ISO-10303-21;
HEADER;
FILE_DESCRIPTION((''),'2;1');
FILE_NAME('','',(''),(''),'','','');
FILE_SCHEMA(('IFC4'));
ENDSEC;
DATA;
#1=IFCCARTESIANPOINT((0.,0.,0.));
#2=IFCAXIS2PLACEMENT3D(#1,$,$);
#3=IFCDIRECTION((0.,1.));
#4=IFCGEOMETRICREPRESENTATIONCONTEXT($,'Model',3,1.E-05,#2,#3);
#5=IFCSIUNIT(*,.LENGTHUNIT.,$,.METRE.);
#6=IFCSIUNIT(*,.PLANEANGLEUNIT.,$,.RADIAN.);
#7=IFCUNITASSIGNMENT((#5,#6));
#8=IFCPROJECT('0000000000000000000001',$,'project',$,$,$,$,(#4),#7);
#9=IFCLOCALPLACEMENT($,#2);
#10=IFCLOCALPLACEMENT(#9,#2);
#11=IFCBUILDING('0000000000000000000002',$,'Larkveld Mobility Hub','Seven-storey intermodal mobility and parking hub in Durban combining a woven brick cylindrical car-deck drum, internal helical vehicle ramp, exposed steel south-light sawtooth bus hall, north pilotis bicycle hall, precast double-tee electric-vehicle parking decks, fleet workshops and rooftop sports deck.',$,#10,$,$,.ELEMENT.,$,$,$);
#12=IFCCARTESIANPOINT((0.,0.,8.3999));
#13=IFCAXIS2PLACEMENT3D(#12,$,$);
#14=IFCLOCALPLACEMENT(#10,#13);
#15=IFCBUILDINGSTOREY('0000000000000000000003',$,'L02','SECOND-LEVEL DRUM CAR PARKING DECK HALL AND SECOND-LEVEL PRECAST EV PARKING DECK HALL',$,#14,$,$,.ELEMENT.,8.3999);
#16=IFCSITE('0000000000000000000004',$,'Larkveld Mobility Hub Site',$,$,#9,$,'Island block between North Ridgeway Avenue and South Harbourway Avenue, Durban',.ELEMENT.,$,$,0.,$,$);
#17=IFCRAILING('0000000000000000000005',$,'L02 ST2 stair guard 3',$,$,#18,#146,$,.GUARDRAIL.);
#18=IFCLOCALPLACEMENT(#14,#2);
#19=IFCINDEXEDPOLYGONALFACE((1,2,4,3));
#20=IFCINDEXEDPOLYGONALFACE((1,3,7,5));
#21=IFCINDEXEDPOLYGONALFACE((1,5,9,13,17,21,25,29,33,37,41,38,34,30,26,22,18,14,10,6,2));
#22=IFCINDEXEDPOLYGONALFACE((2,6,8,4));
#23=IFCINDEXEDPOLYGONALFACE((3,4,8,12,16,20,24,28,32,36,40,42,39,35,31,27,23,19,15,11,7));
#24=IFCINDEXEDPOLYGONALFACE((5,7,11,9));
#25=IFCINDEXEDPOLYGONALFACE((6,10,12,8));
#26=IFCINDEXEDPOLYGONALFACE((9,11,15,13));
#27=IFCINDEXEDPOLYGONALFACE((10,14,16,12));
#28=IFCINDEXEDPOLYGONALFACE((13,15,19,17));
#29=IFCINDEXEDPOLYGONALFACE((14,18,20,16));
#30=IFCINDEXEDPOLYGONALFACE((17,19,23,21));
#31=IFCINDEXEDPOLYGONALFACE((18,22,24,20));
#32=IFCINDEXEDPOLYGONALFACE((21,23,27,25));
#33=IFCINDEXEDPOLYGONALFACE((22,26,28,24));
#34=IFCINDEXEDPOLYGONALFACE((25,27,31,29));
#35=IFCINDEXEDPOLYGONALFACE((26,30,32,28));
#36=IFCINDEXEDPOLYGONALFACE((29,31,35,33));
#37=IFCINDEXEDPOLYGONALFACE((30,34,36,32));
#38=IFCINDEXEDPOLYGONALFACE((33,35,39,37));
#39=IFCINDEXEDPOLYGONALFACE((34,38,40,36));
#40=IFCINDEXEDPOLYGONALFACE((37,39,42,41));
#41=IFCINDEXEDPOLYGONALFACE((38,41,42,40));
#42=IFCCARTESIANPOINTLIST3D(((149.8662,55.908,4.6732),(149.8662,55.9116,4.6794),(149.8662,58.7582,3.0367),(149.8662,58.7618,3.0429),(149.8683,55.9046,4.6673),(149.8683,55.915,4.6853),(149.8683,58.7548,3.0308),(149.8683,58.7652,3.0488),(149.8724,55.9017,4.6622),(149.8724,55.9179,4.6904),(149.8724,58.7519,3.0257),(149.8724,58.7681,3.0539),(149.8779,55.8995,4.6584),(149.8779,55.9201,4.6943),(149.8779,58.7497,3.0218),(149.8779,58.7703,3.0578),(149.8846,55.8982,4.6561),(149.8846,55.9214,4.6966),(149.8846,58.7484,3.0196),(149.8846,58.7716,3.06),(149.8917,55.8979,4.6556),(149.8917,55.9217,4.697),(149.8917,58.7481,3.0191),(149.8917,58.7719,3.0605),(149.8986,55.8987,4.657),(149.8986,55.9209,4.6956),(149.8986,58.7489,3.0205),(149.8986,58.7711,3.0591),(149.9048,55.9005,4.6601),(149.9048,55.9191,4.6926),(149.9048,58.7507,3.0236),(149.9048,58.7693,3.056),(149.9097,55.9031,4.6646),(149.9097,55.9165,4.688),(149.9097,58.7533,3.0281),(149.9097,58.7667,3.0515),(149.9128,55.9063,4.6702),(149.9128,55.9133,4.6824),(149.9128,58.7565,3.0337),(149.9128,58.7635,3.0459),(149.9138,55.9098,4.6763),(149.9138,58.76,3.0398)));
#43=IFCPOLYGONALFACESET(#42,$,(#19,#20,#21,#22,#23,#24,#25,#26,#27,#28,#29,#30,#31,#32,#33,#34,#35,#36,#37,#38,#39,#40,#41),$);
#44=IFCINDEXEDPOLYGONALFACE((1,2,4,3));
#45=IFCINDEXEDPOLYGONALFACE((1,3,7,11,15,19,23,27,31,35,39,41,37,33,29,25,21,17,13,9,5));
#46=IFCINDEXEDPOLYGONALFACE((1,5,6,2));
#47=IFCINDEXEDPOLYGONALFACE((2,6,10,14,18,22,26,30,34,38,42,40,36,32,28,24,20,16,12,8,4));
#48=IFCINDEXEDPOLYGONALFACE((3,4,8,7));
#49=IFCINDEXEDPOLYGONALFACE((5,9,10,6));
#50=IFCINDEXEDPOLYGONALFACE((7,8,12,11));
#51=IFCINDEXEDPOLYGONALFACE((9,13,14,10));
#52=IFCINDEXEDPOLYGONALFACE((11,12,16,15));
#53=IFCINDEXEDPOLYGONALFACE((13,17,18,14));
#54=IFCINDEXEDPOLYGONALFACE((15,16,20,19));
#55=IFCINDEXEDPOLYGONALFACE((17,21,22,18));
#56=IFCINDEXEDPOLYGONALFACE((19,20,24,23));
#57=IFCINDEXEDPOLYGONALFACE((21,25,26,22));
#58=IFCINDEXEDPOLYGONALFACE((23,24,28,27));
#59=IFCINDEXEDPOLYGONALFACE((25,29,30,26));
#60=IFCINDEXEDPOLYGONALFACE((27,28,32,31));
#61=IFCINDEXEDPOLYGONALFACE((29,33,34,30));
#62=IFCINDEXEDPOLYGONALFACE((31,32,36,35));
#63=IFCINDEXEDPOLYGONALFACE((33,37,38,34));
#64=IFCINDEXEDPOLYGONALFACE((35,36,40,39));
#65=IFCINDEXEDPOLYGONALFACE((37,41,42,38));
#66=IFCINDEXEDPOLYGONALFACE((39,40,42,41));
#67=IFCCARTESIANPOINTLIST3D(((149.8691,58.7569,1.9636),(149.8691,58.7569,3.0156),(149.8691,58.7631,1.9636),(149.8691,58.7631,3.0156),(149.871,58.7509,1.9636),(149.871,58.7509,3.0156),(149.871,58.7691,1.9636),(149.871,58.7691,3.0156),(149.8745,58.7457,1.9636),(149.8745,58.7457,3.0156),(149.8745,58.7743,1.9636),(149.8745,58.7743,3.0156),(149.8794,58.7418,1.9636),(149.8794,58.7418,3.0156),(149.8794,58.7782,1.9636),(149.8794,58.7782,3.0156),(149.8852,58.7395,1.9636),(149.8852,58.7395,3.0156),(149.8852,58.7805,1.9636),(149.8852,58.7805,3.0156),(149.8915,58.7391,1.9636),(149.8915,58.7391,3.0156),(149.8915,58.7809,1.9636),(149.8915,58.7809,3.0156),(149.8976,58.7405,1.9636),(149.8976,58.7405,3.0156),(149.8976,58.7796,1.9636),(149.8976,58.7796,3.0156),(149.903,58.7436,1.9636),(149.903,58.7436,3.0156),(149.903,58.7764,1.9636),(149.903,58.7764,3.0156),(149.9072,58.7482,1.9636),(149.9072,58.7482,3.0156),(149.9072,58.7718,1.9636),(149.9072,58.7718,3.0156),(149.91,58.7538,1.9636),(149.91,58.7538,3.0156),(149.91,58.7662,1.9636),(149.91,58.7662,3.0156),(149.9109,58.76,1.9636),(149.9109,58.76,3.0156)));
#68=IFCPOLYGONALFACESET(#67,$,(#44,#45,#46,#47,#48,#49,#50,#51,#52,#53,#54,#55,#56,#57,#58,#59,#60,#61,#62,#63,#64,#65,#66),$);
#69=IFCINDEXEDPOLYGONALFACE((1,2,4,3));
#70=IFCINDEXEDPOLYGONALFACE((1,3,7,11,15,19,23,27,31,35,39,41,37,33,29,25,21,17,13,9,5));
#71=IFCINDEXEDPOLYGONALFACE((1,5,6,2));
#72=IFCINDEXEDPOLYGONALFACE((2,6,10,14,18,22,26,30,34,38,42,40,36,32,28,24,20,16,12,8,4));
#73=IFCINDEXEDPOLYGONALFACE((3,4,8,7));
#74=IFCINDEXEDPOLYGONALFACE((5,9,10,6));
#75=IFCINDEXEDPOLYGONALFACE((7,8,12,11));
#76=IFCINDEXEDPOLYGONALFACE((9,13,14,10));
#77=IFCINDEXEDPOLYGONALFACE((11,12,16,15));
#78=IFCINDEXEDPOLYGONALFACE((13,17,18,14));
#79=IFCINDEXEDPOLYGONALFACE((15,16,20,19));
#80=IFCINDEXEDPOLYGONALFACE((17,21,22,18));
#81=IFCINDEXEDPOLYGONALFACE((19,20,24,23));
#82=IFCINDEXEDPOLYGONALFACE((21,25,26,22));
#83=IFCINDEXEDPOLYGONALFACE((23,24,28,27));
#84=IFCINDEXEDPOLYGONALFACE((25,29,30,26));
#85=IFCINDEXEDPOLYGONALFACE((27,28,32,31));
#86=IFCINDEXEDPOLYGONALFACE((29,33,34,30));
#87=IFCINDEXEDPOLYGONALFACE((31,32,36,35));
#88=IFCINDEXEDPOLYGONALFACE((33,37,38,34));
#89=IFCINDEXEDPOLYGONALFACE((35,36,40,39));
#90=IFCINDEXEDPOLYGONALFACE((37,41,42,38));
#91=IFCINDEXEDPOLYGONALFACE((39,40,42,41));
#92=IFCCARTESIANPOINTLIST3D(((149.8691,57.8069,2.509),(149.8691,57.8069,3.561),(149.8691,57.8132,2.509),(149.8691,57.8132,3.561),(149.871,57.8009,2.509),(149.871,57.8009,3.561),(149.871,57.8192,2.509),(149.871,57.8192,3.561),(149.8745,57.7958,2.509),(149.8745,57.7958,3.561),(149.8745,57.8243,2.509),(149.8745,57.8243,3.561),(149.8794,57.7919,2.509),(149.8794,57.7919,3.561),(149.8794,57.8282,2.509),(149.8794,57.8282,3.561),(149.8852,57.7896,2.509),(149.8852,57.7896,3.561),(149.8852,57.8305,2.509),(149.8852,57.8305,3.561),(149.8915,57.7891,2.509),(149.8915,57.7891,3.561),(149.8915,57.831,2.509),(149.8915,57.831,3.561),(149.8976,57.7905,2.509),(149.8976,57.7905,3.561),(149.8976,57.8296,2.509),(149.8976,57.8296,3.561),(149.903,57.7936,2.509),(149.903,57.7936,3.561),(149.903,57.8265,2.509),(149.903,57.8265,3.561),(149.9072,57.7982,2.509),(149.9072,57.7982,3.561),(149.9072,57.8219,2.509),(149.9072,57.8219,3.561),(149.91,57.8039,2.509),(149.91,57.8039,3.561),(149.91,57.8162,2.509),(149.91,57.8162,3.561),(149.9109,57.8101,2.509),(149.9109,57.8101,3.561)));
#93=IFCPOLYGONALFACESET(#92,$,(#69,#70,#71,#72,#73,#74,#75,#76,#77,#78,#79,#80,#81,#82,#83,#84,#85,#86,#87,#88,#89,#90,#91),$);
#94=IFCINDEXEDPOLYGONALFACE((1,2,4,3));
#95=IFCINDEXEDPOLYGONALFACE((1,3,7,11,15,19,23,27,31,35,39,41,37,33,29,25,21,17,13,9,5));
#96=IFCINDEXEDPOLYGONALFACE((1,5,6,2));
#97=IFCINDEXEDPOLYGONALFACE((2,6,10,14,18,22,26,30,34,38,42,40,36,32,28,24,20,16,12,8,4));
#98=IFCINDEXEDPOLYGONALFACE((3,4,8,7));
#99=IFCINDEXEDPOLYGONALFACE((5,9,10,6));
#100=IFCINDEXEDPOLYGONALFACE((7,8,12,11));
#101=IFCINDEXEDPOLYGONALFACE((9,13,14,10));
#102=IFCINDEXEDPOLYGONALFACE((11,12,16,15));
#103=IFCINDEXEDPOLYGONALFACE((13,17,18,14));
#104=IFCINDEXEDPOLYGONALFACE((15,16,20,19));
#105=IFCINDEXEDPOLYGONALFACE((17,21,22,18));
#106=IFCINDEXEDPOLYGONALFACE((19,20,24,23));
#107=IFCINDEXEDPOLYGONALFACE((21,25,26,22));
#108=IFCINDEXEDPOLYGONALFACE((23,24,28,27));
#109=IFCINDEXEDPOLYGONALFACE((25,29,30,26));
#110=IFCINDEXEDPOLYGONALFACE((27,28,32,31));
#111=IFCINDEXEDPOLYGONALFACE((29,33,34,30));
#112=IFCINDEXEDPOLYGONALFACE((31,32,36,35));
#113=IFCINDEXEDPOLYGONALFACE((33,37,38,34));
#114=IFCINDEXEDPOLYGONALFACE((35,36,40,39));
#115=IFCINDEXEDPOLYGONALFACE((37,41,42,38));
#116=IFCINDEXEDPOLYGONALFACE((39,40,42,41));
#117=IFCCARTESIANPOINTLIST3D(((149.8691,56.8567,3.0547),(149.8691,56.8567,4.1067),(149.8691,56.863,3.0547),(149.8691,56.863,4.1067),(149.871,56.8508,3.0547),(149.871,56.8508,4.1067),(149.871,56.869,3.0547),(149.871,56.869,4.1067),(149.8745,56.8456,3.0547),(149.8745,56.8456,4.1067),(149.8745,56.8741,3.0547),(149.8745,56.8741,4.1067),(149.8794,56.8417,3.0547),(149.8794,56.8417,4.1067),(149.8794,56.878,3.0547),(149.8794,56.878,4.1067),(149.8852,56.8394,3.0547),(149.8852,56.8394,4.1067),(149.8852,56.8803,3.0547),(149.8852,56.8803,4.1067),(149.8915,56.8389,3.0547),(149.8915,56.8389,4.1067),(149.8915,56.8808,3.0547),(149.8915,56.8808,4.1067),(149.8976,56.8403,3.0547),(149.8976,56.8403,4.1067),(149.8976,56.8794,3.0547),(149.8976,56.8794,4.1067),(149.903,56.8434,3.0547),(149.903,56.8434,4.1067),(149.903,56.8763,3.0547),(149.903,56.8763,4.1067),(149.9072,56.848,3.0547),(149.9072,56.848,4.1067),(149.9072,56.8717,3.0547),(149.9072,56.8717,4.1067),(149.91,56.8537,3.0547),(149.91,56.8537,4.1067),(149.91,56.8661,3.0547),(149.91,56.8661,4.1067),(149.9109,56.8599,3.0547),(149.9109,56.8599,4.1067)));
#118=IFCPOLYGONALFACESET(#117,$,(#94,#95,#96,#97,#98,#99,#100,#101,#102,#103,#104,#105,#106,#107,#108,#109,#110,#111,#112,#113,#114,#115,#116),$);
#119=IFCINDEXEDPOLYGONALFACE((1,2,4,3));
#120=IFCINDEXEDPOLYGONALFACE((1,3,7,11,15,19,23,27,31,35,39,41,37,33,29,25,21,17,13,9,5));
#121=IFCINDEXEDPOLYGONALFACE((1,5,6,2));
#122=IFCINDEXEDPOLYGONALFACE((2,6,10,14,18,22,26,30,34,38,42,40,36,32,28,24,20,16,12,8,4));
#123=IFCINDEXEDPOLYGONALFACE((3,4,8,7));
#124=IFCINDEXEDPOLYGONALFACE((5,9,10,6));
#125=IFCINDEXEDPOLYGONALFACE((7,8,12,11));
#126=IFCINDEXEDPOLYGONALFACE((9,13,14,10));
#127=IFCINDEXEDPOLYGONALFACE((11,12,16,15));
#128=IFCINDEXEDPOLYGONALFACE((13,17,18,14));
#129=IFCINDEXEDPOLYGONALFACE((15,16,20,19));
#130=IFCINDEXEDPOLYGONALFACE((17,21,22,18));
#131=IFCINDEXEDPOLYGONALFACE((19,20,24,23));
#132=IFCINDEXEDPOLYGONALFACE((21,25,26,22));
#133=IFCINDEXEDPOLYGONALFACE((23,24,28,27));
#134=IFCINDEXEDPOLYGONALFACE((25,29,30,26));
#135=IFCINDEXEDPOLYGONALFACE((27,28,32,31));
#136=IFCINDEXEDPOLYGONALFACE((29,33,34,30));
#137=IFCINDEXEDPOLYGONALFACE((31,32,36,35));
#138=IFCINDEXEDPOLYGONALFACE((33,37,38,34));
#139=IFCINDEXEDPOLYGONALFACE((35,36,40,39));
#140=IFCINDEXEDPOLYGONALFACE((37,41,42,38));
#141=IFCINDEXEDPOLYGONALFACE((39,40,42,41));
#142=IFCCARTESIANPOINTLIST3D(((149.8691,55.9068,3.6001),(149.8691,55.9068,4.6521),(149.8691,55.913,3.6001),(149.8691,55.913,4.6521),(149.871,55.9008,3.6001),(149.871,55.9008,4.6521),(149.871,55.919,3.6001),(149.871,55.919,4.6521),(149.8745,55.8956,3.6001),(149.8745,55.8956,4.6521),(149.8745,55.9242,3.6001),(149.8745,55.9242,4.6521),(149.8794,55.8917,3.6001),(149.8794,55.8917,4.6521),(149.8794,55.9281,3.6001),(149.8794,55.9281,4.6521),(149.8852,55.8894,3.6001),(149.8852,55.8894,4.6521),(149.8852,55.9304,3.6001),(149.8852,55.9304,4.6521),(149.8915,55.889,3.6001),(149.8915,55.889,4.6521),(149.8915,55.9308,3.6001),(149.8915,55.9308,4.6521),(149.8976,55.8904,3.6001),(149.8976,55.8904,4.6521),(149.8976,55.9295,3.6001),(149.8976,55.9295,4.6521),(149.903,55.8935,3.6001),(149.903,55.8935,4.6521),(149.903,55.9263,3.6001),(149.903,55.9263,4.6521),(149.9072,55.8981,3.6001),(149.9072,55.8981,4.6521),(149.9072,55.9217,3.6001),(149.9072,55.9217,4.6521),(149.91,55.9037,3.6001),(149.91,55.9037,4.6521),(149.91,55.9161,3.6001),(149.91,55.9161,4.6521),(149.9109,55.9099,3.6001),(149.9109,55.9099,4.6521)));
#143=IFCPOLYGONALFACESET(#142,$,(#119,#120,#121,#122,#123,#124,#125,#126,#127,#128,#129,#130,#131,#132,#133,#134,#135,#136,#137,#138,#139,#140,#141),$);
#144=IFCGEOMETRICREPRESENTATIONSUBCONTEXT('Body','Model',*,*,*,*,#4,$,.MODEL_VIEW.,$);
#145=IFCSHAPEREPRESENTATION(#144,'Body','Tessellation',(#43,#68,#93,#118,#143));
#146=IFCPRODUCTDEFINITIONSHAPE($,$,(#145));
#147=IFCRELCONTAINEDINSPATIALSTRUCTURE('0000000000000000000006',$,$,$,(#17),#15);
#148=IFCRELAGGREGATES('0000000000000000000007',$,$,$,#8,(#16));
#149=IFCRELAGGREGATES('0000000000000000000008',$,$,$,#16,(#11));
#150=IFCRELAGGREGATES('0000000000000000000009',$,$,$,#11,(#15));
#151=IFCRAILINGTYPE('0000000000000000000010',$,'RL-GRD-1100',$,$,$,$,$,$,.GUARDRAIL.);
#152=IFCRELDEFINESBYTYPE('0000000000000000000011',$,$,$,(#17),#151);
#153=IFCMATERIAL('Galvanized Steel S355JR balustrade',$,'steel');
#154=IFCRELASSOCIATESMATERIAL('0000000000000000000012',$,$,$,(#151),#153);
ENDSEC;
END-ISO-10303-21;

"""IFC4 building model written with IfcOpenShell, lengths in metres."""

from ifc_helpers import new_model, si_unit, direction, frame, origin, origin_2d, place, context, subcontext, project, spatial, circle, extrude, material, type_object, element, save


model = new_model("IFC4")

# Units and contexts
model_context = context("Model", 3, precision=1e-05, world=origin(), true_north=direction((0.0, 1.0)))
body_context = subcontext(model_context, "Body", "Model", "MODEL_VIEW")
ifc_project = project(units=[si_unit("LENGTHUNIT", "METRE"), si_unit("PLANEANGLEUNIT", "RADIAN")], contexts=[model_context])

# Site, building, storey
site_placement = place(None, origin())
site = spatial("IfcSite", under=ifc_project, at=site_placement, Name="Larkveld Mobility Hub Site", LongName="Island block between North Ridgeway Avenue and South Harbourway Avenue, Durban", CompositionType="ELEMENT", RefElevation=0.0)
building_placement = place(site_placement, origin())
building = spatial("IfcBuilding", under=site, at=building_placement, Name="Larkveld Mobility Hub", Description="Seven-storey intermodal mobility and parking hub in Durban combining a woven brick cylindrical car-deck drum, internal helical vehicle ramp, exposed steel south-light sawtooth bus hall, north pilotis bicycle hall, precast double-tee electric-vehicle parking decks, fleet workshops and rooftop sports deck.", CompositionType="ELEMENT")
storey_placement = place(building_placement, frame((0.0, 0.0, 8.3999)))
storey = spatial("IfcBuildingStorey", under=building, at=storey_placement, Name="L02", Description="SECOND-LEVEL DRUM CAR PARKING DECK HALL AND SECOND-LEVEL PRECAST EV PARKING DECK HALL", CompositionType="ELEMENT", Elevation=8.3999)

# Railing
ifc_material_1 = material(Name="Galvanized Steel S355JR balustrade", Category="steel")
railing_type_1 = type_object("IfcRailingType", Name="RL-GRD-1100", PredefinedType="GUARDRAIL", material=ifc_material_1)
railing_1_placement = place(storey_placement, frame((149.8899, 58.76, 1.9636)))
element("IfcRailing", 1, at=railing_1_placement, inside=storey, type_object=railing_type_1, Name="L02 ST2 stair guard 3", PredefinedType="GUARDRAIL", context=body_context, shape_type="SweptSolid", body=[
    extrude(circle(Radius=0.0239, at=origin_2d()), frame((0.0, 0.0, 1.0762), z_axis=(0.0, -0.867213, 0.497938), x_axis=(1.0, 0.0, 0.0)), (0.0, 0.0, 1.0), 3.2866),
    extrude(circle(Radius=0.021, at=origin_2d()), origin(), (0.0, 0.0, 1.0), 1.052),
    extrude(circle(Radius=0.021, at=origin_2d()), frame((0.0, -0.95, 0.5454)), (0.0, 0.0, 1.0), 1.052),
    extrude(circle(Radius=0.021, at=origin_2d()), frame((0.0, -1.9001, 1.0911)), (0.0, 0.0, 1.0), 1.052),
    extrude(circle(Radius=0.021, at=origin_2d()), frame((0.0, -2.8501, 1.6365)), (0.0, 0.0, 1.0), 1.052),
])

save(model, "model.ifc")
